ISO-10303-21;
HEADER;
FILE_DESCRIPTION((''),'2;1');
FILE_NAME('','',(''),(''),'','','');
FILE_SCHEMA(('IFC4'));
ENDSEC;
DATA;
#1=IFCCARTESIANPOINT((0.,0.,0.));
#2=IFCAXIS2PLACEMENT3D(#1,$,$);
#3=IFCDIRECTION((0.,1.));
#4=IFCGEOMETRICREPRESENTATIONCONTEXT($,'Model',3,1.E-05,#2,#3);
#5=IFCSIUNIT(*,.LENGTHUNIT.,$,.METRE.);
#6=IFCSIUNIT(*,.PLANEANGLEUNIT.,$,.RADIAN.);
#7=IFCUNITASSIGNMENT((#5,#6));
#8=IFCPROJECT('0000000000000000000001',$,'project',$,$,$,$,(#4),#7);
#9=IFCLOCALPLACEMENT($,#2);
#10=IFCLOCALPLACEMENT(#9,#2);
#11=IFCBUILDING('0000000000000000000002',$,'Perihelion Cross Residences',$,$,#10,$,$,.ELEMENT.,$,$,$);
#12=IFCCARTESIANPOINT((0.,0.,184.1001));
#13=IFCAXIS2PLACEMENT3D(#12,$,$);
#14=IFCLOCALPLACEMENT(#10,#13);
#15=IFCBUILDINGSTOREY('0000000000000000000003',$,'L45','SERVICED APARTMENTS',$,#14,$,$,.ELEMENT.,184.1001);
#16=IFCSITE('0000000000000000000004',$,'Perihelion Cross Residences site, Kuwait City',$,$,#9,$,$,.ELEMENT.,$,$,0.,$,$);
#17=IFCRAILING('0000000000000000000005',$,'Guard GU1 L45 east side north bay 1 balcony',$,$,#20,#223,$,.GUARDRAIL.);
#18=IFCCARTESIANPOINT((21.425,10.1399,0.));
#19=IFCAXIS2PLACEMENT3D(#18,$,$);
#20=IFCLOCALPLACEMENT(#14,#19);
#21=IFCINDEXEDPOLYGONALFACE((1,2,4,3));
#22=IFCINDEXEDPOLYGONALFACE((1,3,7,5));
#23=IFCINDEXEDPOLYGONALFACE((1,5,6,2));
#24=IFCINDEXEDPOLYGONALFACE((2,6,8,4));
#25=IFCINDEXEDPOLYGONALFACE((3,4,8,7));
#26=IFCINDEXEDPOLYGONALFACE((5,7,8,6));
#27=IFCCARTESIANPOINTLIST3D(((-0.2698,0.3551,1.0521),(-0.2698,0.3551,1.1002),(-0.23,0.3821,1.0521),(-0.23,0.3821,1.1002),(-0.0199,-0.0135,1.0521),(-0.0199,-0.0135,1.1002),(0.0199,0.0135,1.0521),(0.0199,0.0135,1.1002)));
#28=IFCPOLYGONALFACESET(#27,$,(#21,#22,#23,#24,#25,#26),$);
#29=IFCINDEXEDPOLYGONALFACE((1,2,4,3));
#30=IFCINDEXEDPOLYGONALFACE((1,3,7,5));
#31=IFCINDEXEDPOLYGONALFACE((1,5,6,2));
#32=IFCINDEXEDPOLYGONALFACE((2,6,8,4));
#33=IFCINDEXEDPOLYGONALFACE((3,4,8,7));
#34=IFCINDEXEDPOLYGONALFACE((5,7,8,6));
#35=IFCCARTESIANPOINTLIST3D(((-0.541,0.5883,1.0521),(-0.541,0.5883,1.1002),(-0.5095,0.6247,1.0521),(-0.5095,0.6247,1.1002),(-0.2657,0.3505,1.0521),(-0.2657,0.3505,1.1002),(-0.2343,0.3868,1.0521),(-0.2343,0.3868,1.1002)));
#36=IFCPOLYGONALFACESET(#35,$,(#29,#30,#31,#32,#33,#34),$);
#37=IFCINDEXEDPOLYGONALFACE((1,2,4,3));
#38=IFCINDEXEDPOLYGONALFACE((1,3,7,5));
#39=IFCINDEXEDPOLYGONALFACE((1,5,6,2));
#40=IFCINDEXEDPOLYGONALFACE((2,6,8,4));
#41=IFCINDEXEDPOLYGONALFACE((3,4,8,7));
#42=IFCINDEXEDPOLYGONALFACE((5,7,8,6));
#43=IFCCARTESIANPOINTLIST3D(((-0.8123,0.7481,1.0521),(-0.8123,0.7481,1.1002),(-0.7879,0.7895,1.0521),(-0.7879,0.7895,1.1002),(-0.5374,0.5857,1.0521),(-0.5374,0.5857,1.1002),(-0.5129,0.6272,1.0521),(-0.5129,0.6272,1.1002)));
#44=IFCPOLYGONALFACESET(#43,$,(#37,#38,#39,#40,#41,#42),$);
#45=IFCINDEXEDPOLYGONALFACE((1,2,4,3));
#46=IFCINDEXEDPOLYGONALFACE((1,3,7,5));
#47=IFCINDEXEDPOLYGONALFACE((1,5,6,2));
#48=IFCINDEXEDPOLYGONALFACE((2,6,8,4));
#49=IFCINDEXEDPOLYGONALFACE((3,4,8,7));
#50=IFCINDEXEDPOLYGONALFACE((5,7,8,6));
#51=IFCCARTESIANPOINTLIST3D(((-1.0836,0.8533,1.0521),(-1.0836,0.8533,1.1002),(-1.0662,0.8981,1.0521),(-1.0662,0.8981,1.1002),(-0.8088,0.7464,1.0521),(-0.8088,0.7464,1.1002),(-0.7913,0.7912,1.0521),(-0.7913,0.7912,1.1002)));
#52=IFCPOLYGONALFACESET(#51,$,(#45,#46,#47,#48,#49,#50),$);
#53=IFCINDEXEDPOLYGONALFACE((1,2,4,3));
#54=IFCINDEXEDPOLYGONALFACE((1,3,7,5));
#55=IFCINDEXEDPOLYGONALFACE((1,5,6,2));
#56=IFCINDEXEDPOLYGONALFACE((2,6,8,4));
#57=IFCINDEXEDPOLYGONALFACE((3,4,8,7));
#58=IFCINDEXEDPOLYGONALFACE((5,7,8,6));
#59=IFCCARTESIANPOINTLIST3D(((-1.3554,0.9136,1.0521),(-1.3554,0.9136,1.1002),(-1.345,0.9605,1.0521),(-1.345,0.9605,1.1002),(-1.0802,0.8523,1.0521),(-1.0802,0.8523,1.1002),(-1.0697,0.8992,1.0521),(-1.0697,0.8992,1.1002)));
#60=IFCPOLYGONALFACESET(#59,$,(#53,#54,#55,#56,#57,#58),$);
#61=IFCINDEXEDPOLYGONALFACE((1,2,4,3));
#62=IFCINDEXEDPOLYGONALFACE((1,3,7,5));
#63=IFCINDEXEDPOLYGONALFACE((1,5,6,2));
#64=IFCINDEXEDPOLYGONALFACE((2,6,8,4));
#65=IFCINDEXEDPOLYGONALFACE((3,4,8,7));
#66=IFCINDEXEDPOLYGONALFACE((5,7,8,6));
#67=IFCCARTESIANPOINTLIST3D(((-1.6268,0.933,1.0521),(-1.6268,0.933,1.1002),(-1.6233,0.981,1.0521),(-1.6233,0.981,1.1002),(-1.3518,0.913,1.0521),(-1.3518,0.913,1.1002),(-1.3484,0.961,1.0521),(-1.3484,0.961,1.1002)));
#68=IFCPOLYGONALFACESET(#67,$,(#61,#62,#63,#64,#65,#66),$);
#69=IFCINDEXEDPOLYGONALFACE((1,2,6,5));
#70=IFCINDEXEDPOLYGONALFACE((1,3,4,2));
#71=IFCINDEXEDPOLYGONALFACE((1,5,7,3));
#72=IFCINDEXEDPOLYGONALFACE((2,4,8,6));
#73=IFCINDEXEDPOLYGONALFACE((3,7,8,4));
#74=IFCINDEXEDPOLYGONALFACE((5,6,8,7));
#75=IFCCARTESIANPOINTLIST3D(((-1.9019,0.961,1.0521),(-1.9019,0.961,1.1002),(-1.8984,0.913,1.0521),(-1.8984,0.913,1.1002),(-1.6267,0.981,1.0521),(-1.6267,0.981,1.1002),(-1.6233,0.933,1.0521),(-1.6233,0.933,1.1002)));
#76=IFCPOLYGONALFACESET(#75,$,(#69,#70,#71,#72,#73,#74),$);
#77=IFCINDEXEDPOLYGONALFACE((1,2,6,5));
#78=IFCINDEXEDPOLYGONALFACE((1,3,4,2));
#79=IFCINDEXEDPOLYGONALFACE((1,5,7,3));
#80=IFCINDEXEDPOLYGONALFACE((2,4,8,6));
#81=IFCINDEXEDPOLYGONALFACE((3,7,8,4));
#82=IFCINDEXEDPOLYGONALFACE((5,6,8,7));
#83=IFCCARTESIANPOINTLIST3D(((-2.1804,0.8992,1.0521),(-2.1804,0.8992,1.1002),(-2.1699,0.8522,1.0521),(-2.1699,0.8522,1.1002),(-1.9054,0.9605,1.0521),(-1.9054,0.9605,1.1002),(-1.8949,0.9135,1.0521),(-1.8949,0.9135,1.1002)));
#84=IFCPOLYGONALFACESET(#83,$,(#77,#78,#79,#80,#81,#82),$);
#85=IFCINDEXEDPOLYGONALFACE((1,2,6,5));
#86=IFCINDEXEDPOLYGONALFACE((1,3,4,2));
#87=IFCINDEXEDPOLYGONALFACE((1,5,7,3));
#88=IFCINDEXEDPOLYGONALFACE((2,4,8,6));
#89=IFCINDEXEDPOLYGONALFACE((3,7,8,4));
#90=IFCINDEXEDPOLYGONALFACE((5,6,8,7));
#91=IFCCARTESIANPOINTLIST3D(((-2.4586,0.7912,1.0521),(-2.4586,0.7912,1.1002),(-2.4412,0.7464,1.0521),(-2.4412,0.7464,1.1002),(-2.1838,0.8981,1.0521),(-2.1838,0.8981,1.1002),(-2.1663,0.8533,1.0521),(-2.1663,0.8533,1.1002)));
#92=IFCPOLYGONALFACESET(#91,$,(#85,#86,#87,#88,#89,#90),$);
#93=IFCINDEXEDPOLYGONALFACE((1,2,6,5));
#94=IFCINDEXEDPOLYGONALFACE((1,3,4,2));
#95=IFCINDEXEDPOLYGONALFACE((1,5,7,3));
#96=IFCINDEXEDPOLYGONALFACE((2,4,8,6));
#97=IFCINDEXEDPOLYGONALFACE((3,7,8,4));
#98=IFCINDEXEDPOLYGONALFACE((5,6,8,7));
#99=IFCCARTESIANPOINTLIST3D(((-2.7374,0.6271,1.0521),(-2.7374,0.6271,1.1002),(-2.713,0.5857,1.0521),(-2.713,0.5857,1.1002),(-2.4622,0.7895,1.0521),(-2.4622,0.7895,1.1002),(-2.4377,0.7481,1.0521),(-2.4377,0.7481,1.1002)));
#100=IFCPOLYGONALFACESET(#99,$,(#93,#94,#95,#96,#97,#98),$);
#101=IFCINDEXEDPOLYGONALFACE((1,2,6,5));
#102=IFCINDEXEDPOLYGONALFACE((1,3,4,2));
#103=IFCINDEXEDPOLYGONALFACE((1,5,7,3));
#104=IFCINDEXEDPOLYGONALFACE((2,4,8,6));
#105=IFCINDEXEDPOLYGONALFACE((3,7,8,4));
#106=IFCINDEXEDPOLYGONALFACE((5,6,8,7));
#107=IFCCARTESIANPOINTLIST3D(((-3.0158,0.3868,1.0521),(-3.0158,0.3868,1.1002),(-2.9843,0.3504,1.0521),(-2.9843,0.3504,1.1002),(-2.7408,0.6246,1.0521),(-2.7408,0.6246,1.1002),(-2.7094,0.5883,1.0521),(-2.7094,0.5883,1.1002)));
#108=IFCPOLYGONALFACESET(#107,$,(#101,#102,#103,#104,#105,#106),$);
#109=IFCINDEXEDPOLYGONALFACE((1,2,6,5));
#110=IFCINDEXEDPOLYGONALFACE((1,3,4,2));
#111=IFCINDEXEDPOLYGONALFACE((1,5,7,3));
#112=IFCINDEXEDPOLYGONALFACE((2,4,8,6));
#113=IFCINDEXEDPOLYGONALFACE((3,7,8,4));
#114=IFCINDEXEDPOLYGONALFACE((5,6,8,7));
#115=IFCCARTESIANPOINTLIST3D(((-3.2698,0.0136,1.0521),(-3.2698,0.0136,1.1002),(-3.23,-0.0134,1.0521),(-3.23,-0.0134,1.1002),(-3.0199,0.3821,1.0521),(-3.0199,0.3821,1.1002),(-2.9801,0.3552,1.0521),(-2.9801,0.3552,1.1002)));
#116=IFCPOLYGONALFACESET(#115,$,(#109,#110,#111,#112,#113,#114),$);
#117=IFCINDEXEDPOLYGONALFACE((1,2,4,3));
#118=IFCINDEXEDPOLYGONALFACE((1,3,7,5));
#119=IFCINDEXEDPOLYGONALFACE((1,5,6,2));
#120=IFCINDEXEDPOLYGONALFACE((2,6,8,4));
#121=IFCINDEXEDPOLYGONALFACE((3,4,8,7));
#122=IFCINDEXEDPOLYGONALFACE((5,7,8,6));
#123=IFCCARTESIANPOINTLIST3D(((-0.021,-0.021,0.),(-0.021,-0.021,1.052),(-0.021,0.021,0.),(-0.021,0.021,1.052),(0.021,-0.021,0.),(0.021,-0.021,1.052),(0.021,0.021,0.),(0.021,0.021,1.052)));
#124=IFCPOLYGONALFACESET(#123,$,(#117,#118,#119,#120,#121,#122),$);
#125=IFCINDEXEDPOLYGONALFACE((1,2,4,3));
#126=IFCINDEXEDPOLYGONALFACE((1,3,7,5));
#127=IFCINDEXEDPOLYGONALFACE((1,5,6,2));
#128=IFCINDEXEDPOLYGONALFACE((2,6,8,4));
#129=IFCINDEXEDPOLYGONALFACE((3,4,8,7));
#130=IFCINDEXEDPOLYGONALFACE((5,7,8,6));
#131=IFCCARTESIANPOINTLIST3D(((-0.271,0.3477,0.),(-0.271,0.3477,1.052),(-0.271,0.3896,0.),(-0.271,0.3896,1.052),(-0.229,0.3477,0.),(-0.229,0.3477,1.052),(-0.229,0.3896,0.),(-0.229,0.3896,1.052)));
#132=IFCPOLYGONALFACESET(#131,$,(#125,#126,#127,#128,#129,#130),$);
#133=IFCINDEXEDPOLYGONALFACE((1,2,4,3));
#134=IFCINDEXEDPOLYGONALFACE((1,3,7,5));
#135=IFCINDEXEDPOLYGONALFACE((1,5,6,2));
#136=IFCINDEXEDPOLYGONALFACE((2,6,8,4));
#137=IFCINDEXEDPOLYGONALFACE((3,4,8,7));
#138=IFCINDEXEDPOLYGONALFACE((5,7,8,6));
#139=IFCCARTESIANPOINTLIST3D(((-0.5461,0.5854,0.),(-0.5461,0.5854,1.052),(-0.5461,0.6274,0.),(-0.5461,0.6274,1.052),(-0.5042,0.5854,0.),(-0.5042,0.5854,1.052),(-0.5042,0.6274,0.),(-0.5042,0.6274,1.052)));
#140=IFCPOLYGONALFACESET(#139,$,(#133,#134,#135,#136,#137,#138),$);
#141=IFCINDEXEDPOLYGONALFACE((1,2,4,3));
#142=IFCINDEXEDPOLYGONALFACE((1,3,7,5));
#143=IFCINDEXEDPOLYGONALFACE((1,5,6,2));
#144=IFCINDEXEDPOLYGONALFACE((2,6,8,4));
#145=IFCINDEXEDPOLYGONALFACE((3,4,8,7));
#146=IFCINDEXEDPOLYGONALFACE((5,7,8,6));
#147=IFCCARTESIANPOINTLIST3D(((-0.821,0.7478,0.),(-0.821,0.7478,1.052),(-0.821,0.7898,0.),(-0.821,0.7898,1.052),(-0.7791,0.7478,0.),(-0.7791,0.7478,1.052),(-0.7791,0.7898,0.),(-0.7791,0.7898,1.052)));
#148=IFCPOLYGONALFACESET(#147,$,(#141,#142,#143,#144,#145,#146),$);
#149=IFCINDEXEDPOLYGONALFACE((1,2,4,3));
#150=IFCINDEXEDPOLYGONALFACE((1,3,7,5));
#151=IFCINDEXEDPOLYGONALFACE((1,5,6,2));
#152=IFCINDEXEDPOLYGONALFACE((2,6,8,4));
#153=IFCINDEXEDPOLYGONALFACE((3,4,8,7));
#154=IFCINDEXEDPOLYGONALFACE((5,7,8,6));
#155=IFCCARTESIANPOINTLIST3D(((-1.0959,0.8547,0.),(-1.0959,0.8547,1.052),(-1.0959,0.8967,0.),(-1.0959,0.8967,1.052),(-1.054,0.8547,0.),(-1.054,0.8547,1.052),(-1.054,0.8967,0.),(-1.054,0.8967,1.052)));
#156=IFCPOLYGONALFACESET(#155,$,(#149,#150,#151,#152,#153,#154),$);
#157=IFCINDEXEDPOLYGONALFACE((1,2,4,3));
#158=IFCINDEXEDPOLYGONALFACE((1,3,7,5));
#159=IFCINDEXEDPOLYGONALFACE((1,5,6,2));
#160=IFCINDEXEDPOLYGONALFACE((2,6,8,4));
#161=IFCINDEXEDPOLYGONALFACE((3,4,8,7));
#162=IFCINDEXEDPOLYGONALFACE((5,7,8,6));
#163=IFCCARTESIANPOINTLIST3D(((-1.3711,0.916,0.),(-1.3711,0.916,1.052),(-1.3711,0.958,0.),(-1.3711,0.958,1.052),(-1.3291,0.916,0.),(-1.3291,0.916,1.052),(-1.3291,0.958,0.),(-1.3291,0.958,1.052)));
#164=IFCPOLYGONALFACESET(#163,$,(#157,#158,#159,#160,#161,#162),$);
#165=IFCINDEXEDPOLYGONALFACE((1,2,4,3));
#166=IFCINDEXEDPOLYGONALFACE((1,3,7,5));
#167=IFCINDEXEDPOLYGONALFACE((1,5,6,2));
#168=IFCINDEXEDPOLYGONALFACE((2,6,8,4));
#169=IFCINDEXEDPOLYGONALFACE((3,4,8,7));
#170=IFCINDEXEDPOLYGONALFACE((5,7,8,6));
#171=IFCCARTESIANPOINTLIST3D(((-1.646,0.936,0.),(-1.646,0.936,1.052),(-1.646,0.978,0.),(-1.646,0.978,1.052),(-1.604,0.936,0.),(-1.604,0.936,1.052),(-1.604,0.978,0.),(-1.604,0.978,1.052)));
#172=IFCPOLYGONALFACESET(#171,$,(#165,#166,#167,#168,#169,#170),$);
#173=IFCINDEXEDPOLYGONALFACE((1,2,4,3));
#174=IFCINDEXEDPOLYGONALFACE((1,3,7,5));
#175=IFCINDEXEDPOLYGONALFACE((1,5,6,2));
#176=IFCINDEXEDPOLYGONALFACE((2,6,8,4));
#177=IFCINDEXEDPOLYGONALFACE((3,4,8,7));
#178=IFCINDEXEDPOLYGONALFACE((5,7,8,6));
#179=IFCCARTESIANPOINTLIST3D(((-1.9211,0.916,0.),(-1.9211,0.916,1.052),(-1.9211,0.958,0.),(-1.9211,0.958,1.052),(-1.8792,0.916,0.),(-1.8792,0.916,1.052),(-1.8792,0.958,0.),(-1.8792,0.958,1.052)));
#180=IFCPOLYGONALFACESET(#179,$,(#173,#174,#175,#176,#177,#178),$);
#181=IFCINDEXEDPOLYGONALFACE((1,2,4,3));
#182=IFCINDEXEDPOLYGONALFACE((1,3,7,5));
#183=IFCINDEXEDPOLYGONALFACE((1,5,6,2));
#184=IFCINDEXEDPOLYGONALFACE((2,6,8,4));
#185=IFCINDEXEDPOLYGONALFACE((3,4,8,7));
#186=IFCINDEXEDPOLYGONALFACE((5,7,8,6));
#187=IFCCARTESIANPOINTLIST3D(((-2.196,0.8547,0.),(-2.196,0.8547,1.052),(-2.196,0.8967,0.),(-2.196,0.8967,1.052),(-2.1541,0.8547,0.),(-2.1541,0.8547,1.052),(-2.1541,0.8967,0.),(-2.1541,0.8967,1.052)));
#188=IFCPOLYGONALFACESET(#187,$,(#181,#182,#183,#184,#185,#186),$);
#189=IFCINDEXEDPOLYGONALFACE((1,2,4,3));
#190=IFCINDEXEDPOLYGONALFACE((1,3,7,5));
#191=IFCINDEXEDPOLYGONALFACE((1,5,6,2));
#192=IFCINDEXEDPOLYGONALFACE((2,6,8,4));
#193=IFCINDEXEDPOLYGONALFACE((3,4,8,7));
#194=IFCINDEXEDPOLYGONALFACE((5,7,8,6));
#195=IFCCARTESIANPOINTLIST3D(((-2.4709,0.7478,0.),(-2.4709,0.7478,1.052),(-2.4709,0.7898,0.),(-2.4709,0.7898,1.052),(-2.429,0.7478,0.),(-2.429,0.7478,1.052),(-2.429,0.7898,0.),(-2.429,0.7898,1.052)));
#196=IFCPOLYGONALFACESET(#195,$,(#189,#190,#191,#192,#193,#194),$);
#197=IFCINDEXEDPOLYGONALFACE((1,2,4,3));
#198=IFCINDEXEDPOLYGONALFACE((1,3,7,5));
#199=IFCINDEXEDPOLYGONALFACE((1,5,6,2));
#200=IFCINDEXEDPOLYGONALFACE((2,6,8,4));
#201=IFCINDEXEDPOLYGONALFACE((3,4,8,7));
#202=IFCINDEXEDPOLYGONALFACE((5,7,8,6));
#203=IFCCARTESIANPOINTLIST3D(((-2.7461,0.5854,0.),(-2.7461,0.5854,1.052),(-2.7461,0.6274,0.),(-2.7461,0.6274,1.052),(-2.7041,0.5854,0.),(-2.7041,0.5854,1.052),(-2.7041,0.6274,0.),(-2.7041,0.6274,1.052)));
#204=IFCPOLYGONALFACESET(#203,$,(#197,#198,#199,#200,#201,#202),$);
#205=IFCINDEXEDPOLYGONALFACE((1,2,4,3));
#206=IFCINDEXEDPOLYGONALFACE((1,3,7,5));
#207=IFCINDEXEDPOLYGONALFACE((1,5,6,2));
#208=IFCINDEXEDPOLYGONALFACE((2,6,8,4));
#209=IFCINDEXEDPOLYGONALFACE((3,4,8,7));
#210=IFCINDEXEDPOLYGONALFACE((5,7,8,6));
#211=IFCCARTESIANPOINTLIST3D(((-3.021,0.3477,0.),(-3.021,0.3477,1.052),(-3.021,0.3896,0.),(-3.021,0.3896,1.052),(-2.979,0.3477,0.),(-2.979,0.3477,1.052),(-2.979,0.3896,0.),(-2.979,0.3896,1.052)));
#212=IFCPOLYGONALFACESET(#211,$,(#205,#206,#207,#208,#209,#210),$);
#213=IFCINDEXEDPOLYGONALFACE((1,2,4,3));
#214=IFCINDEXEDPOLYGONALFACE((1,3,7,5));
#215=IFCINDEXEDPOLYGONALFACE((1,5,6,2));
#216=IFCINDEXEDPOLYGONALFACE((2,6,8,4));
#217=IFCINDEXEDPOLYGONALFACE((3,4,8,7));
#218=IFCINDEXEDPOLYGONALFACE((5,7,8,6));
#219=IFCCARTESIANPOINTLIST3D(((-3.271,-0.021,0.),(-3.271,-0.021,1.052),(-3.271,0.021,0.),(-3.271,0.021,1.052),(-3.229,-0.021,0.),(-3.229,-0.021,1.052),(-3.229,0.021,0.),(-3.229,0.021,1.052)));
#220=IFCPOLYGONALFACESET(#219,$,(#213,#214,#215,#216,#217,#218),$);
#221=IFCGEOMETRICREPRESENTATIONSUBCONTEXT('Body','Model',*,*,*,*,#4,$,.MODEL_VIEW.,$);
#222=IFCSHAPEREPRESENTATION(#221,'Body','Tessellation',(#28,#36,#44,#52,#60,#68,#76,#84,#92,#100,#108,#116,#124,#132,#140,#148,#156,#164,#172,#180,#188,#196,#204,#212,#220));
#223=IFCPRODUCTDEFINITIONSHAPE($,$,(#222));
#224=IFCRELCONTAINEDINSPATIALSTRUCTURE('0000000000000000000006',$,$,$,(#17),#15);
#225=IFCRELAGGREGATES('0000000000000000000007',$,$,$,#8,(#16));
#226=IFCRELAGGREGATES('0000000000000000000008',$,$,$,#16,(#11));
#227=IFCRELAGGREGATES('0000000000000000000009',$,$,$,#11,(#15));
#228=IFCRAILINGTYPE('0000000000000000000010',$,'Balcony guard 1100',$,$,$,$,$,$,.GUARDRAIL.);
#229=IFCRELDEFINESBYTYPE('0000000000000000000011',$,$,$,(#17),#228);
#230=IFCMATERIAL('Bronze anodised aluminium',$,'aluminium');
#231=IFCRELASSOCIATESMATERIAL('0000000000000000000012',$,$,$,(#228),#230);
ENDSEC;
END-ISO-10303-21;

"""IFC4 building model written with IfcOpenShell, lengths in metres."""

from ifc_helpers import new_model, si_unit, direction, frame, origin, origin_2d, place, context, subcontext, project, spatial, rectangle, extrude, material, type_object, element, save


model = new_model("IFC4")

# Units and contexts
model_context = context("Model", 3, precision=1e-05, world=origin(), true_north=direction((0.0, 1.0)))
body_context = subcontext(model_context, "Body", "Model", "MODEL_VIEW")
ifc_project = project(units=[si_unit("LENGTHUNIT", "METRE"), si_unit("PLANEANGLEUNIT", "RADIAN")], contexts=[model_context])

# Site, building, storey
site_placement = place(None, origin())
site = spatial("IfcSite", under=ifc_project, at=site_placement, Name="Perihelion Cross Residences site, Kuwait City", CompositionType="ELEMENT", RefElevation=0.0)
building_placement = place(site_placement, origin())
building = spatial("IfcBuilding", under=site, at=building_placement, Name="Perihelion Cross Residences", CompositionType="ELEMENT")
storey_placement = place(building_placement, frame((0.0, 0.0, 184.1001)))
storey = spatial("IfcBuildingStorey", under=building, at=storey_placement, Name="L45", Description="SERVICED APARTMENTS", CompositionType="ELEMENT", Elevation=184.1001)

# Railing
ifc_material_1 = material(Name="Bronze anodised aluminium", Category="aluminium")
railing_type_1 = type_object("IfcRailingType", Name="Balcony guard 1100", PredefinedType="GUARDRAIL", material=ifc_material_1)
railing_1_placement = place(storey_placement, frame((21.425, 10.1399, 0.0)))
element("IfcRailing", 1, at=railing_1_placement, inside=storey, type_object=railing_type_1, Name="Guard GU1 L45 east side north bay 1 balcony", PredefinedType="GUARDRAIL", context=body_context, shape_type="SweptSolid", body=[
    extrude(rectangle(XDim=0.0481, YDim=0.0481, at=origin_2d()), frame((0.0, 0.0, 1.0762), z_axis=(-0.56126, 0.827639, 0.0), x_axis=(-0.827639, -0.56126, 0.0)), (0.0, 0.0, 1.0), 0.4453),
    extrude(rectangle(XDim=0.0481, YDim=0.0481, at=origin_2d()), frame((-0.25, 0.3687, 1.0762), z_axis=(-0.756597, 0.653882, 0.0), x_axis=(-0.653882, -0.756597, 0.0)), (0.0, 0.0, 1.0), 0.3638),
    extrude(rectangle(XDim=0.0481, YDim=0.0481, at=origin_2d()), frame((-0.5251, 0.6064, 1.0762), z_axis=(-0.861048, 0.508523, 0.0), x_axis=(-0.508523, -0.861048, 0.0)), (0.0, 0.0, 1.0), 0.3193),
    extrude(rectangle(XDim=0.0481, YDim=0.0481, at=origin_2d()), frame((-0.8, 0.7688, 1.0762), z_axis=(-0.931974, 0.362526, 0.0), x_axis=(-0.362526, -0.931974, 0.0)), (0.0, 0.0, 1.0), 0.2949),
    extrude(rectangle(XDim=0.0481, YDim=0.0481, at=origin_2d()), frame((-1.075, 0.8757, 1.0762), z_axis=(-0.976085, 0.217389, 0.0), x_axis=(-0.217389, -0.976085, 0.0)), (0.0, 0.0, 1.0), 0.282),
    extrude(rectangle(XDim=0.0481, YDim=0.0481, at=origin_2d()), frame((-1.3501, 0.937, 1.0762), z_axis=(-0.997359, 0.072632, 0.0), x_axis=(-0.072632, -0.997359, 0.0)), (0.0, 0.0, 1.0), 0.2756),
    extrude(rectangle(XDim=0.0481, YDim=0.0481, at=origin_2d()), frame((-1.625, 0.957, 1.0762), z_axis=(-0.997363, -0.072568, 0.0), x_axis=(0.072568, -0.997363, 0.0)), (0.0, 0.0, 1.0), 0.2759),
    extrude(rectangle(XDim=0.0481, YDim=0.0481, at=origin_2d()), frame((-1.9001, 0.937, 1.0762), z_axis=(-0.976044, -0.217573, 0.0), x_axis=(0.217573, -0.976044, 0.0)), (0.0, 0.0, 1.0), 0.2817),
    extrude(rectangle(XDim=0.0481, YDim=0.0481, at=origin_2d()), frame((-2.175, 0.8757, 1.0762), z_axis=(-0.931974, -0.362526, 0.0), x_axis=(0.362526, -0.931974, 0.0)), (0.0, 0.0, 1.0), 0.2949),
    extrude(rectangle(XDim=0.0481, YDim=0.0481, at=origin_2d()), frame((-2.45, 0.7688, 1.0762), z_axis=(-0.861246, -0.508189, 0.0), x_axis=(0.508189, -0.861246, 0.0)), (0.0, 0.0, 1.0), 0.3196),
    extrude(rectangle(XDim=0.0481, YDim=0.0481, at=origin_2d()), frame((-2.7251, 0.6064, 1.0762), z_axis=(-0.756309, -0.654214, 0.0), x_axis=(0.654214, -0.756309, 0.0)), (0.0, 0.0, 1.0), 0.3635),
    extrude(rectangle(XDim=0.0481, YDim=0.0481, at=origin_2d()), frame((-3.0, 0.3687, 1.0762), z_axis=(-0.56126, -0.827639, 0.0), x_axis=(0.827639, -0.56126, 0.0)), (0.0, 0.0, 1.0), 0.4453),
    extrude(rectangle(XDim=0.042, YDim=0.042, at=origin_2d()), origin(), (0.0, 0.0, 1.0), 1.052),
    extrude(rectangle(XDim=0.042, YDim=0.042, at=origin_2d()), frame((-0.25, 0.3687, 0.0)), (0.0, 0.0, 1.0), 1.052),
    extrude(rectangle(XDim=0.042, YDim=0.042, at=origin_2d()), frame((-0.5251, 0.6064, 0.0)), (0.0, 0.0, 1.0), 1.052),
    extrude(rectangle(XDim=0.042, YDim=0.042, at=origin_2d()), frame((-0.8, 0.7688, 0.0)), (0.0, 0.0, 1.0), 1.052),
    extrude(rectangle(XDim=0.042, YDim=0.042, at=origin_2d()), frame((-1.075, 0.8757, 0.0)), (0.0, 0.0, 1.0), 1.052),
    extrude(rectangle(XDim=0.042, YDim=0.042, at=origin_2d()), frame((-1.3501, 0.937, 0.0)), (0.0, 0.0, 1.0), 1.052),
    extrude(rectangle(XDim=0.042, YDim=0.042, at=origin_2d()), frame((-1.625, 0.957, 0.0)), (0.0, 0.0, 1.0), 1.052),
    extrude(rectangle(XDim=0.042, YDim=0.042, at=origin_2d()), frame((-1.9001, 0.937, 0.0)), (0.0, 0.0, 1.0), 1.052),
    extrude(rectangle(XDim=0.042, YDim=0.042, at=origin_2d()), frame((-2.175, 0.8757, 0.0)), (0.0, 0.0, 1.0), 1.052),
    extrude(rectangle(XDim=0.042, YDim=0.042, at=origin_2d()), frame((-2.45, 0.7688, 0.0)), (0.0, 0.0, 1.0), 1.052),
    extrude(rectangle(XDim=0.042, YDim=0.042, at=origin_2d()), frame((-2.7251, 0.6064, 0.0)), (0.0, 0.0, 1.0), 1.052),
    extrude(rectangle(XDim=0.042, YDim=0.042, at=origin_2d()), frame((-3.0, 0.3687, 0.0)), (0.0, 0.0, 1.0), 1.052),
    extrude(rectangle(XDim=0.042, YDim=0.042, at=origin_2d()), frame((-3.25, 0.0, 0.0)), (0.0, 0.0, 1.0), 1.052),
])

save(model, "model.ifc")
